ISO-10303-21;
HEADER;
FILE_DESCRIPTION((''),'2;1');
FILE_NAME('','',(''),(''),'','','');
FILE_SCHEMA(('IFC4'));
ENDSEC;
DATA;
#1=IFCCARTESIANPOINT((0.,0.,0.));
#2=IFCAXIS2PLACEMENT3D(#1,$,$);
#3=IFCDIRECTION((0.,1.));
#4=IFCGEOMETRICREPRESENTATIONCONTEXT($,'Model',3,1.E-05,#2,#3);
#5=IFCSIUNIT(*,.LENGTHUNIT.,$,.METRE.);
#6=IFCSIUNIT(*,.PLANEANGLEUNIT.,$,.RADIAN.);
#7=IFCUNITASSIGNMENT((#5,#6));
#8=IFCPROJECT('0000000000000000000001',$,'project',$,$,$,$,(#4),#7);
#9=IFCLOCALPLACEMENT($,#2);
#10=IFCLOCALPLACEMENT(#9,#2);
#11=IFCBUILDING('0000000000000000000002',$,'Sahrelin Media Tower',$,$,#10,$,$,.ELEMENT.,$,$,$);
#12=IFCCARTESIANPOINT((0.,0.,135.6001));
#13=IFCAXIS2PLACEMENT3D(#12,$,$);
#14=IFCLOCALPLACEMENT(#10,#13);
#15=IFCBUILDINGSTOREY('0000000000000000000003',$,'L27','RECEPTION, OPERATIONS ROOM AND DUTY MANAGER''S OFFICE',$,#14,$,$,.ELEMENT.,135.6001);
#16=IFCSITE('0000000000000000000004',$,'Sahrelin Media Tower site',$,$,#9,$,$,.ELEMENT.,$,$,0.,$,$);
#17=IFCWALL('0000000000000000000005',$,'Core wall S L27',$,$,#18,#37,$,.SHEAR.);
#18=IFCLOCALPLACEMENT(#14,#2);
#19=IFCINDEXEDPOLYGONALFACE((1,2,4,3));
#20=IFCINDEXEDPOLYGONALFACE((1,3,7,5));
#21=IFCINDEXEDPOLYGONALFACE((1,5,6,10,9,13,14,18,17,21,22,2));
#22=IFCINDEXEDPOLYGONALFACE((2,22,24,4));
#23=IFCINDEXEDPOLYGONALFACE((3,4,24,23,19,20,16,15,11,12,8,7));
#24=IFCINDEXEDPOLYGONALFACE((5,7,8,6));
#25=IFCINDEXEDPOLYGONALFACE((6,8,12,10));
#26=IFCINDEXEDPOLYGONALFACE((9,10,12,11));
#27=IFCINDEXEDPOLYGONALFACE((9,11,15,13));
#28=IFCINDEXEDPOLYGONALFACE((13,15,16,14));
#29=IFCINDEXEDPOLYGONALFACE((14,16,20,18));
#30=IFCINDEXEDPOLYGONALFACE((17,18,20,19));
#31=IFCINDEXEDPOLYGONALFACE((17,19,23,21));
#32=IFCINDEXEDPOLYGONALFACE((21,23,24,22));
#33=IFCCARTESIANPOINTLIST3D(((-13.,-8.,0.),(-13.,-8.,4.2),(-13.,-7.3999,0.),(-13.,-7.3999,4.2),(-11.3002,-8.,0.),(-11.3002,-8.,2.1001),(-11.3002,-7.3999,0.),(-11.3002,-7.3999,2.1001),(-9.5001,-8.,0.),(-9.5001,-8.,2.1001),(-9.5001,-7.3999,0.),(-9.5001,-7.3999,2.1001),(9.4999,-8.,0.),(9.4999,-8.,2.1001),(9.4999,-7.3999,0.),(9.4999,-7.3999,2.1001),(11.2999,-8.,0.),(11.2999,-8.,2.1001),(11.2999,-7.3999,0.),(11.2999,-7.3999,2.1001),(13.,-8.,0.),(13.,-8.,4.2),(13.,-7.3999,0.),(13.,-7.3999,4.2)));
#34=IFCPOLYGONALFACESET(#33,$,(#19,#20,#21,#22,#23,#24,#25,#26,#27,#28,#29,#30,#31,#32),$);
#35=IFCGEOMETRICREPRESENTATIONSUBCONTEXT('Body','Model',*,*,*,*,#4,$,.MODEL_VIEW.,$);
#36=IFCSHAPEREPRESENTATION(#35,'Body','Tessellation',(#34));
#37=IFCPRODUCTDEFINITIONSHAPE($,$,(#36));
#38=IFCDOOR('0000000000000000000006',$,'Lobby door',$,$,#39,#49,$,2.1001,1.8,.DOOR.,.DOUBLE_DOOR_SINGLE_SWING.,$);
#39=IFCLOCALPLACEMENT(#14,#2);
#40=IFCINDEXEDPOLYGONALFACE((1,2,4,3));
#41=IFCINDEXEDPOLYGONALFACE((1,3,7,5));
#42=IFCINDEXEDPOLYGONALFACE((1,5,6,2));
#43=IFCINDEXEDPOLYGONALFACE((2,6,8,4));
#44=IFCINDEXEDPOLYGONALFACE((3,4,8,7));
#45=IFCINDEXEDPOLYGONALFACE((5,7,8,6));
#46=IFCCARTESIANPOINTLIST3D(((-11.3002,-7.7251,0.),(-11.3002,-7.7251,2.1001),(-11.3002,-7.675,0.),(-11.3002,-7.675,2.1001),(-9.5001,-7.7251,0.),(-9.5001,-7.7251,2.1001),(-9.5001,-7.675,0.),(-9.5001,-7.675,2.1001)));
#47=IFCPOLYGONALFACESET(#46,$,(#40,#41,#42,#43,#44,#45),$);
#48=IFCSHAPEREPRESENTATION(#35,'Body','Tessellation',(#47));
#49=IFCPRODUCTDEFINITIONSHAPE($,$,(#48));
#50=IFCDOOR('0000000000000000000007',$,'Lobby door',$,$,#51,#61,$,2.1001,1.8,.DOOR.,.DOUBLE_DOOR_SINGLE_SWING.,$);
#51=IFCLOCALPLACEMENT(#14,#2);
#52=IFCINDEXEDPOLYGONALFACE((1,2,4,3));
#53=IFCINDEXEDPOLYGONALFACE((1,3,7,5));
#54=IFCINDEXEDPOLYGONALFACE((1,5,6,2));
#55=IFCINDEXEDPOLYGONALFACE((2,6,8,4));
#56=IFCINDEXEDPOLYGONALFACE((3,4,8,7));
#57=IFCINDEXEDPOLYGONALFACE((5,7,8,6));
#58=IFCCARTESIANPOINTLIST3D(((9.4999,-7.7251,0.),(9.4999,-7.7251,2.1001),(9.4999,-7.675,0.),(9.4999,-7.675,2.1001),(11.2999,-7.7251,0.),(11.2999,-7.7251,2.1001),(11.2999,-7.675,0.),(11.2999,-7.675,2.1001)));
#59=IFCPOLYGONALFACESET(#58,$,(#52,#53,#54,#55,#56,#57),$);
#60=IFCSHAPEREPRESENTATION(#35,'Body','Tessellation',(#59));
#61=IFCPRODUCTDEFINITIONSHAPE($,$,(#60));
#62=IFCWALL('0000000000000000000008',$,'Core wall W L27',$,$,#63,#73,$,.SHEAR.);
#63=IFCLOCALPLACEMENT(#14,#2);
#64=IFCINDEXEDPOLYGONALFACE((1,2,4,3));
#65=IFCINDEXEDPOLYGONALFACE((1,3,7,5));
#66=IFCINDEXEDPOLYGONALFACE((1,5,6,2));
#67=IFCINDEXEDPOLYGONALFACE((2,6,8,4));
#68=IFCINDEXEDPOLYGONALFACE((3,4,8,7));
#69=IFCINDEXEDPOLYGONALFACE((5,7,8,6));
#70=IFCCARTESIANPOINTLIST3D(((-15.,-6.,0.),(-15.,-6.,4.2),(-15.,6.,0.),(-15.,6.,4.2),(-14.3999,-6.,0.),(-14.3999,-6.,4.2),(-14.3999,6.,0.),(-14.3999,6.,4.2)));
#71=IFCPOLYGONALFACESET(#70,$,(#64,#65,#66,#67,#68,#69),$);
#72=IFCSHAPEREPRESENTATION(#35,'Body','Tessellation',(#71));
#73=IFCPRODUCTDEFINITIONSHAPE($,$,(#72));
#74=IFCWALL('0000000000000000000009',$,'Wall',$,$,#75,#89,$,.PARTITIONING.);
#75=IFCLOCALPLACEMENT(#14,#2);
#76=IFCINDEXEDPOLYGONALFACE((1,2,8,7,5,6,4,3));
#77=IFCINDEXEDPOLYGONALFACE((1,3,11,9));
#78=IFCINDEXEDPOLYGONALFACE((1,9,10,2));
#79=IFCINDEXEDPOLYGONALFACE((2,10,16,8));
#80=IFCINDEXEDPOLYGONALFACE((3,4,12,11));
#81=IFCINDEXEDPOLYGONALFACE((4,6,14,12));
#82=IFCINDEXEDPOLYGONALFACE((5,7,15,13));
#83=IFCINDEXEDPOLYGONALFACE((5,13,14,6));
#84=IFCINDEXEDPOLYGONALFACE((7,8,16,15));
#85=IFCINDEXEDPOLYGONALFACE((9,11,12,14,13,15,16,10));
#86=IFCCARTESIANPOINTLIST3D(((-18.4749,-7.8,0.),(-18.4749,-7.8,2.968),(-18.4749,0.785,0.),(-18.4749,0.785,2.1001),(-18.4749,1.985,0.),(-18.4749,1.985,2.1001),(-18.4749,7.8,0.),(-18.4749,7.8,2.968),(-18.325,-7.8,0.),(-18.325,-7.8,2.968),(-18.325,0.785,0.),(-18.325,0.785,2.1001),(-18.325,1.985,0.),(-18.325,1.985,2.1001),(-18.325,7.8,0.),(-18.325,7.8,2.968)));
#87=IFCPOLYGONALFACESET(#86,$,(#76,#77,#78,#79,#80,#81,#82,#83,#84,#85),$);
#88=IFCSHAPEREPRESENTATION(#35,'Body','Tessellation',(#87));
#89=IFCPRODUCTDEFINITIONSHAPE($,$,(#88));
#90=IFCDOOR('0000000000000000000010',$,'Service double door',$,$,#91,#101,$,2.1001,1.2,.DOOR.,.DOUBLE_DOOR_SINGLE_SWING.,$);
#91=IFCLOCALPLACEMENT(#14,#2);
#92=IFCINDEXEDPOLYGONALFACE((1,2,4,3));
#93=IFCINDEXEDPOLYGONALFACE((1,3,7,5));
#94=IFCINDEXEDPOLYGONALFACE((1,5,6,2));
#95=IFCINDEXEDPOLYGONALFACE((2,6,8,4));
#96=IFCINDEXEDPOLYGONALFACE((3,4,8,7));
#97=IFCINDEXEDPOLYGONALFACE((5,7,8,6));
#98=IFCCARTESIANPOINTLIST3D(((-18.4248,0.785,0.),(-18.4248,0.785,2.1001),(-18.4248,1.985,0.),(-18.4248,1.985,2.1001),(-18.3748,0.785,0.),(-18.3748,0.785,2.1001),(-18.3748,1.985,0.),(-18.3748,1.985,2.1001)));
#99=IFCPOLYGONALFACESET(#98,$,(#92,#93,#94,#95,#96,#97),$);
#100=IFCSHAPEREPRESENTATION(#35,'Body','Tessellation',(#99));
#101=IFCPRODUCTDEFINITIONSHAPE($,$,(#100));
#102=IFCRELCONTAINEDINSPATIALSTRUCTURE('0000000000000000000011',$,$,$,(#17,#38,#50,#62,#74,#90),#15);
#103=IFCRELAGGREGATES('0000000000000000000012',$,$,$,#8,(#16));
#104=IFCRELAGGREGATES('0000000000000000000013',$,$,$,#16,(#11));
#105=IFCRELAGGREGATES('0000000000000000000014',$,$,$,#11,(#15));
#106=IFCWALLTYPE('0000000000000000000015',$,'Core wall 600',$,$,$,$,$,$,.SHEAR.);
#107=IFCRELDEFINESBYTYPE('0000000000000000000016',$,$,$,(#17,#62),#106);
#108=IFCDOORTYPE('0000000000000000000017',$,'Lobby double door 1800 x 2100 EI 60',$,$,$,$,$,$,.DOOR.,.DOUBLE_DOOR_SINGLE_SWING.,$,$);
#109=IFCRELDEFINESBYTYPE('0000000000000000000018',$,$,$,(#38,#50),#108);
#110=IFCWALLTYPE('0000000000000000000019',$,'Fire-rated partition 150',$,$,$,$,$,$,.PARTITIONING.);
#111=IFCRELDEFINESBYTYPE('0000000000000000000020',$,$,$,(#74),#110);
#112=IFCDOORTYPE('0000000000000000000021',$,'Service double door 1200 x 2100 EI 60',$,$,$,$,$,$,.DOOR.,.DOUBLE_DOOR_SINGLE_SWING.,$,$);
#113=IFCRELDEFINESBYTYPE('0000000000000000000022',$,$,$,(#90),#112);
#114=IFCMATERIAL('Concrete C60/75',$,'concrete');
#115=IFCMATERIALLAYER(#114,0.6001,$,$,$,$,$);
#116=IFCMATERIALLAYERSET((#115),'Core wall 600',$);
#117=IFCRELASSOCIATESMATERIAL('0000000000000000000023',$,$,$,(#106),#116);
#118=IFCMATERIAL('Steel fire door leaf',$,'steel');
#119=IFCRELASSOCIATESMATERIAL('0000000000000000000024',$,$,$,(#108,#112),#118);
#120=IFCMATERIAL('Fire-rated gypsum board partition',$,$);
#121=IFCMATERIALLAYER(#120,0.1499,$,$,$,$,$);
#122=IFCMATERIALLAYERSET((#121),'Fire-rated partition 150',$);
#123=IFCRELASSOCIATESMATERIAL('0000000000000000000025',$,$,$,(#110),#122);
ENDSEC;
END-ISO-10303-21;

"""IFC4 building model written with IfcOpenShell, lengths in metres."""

from ifc_helpers import new_model, si_unit, direction, frame, frame_2d, origin, place, context, subcontext, project, spatial, rectangle, extrude, material, layer, layer_set, type_object, element, fill, save


model = new_model("IFC4")

# Units and contexts
model_context = context("Model", 3, precision=1e-05, world=origin(), true_north=direction((0.0, 1.0)))
body_context = subcontext(model_context, "Body", "Model", "MODEL_VIEW")
ifc_project = project(units=[si_unit("LENGTHUNIT", "METRE"), si_unit("PLANEANGLEUNIT", "RADIAN")], contexts=[model_context])

# Site, building, storey
site_placement = place(None, origin())
site = spatial("IfcSite", under=ifc_project, at=site_placement, Name="Sahrelin Media Tower site", CompositionType="ELEMENT", RefElevation=0.0)
building_placement = place(site_placement, origin())
building = spatial("IfcBuilding", under=site, at=building_placement, Name="Sahrelin Media Tower", CompositionType="ELEMENT")
storey_placement = place(building_placement, frame((0.0, 0.0, 135.6001)))
storey = spatial("IfcBuildingStorey", under=building, at=storey_placement, Name="L27", Description="RECEPTION, OPERATIONS ROOM AND DUTY MANAGER'S OFFICE", CompositionType="ELEMENT", Elevation=135.6001)

# Wall, openings, doors
ifc_material_1 = material(Name="Concrete C60/75", Category="concrete")
ifc_layer_1 = layer(ifc_material_1, 0.6001)
ifc_layer_set_1 = layer_set([ifc_layer_1], Name="Core wall 600")
wall_type_1 = type_object("IfcWallType", Name="Core wall 600", PredefinedType="SHEAR", material=ifc_layer_set_1)
wall_1_placement = place(storey_placement, frame((-13.0, -7.7, 0.0), z_axis=(0.0, 0.0, 1.0), x_axis=(1.0, 0.0, 0.0)))
wall_1 = element("IfcWall", 1, at=wall_1_placement, inside=storey, type_object=wall_type_1, Name="Core wall S L27", PredefinedType="SHEAR", context=body_context, shape_type="SweptSolid", body=[
    extrude(rectangle(XDim=26.0, YDim=0.6001, at=frame_2d((13.0, 0.0))), origin(), (0.0, 0.0, 1.0), 4.2),
])
opening_1_placement = place(wall_1_placement, frame((1.7, 0.0, 0.0)))
opening_1 = element("IfcOpeningElement", 2, at=opening_1_placement, cuts=wall_1, PredefinedType="OPENING", context=body_context, shape_type="SweptSolid", body=[
    extrude(rectangle(XDim=1.8, YDim=2.1001, at=frame_2d((0.8999, 1.05))), frame((0.0, 0.3, 0.0), z_axis=(0.0, -1.0, 0.0), x_axis=(1.0, 0.0, 0.0)), (0.0, 0.0, 1.0), 0.6001),
])
opening_2_placement = place(wall_1_placement, frame((22.5, 0.0, 0.0)))
opening_2 = element("IfcOpeningElement", 3, at=opening_2_placement, cuts=wall_1, PredefinedType="OPENING", context=body_context, shape_type="SweptSolid", body=[
    extrude(rectangle(XDim=1.8, YDim=2.1001, at=frame_2d((0.8999, 1.05))), frame((0.0, 0.3, 0.0), z_axis=(0.0, -1.0, 0.0), x_axis=(1.0, 0.0, 0.0)), (0.0, 0.0, 1.0), 0.6001),
])
ifc_material_2 = material(Name="Steel fire door leaf", Category="steel")
door_type_1 = type_object("IfcDoorType", Name="Lobby double door 1800 x 2100 EI 60", OperationType="DOUBLE_DOOR_SINGLE_SWING", PredefinedType="DOOR", material=ifc_material_2)
door_1_placement = place(opening_1_placement, origin())
door_1 = element("IfcDoor", 4, at=door_1_placement, inside=storey, type_object=door_type_1, Name="Lobby door", OperationType="DOUBLE_DOOR_SINGLE_SWING", OverallHeight=2.1001, OverallWidth=1.8, PredefinedType="DOOR", context=body_context, shape_type="SweptSolid", body=[
    extrude(rectangle(XDim=1.8, YDim=2.1001, at=frame_2d((0.8999, 1.05))), frame((0.0, 0.0249, 0.0), z_axis=(0.0, -1.0, 0.0), x_axis=(1.0, 0.0, 0.0)), (0.0, 0.0, 1.0), 0.05),
])
fill(opening_1, door_1)
door_2_placement = place(opening_2_placement, origin())
door_2 = element("IfcDoor", 5, at=door_2_placement, inside=storey, type_object=door_type_1, Name="Lobby door", OperationType="DOUBLE_DOOR_SINGLE_SWING", OverallHeight=2.1001, OverallWidth=1.8, PredefinedType="DOOR", context=body_context, shape_type="SweptSolid", body=[
    extrude(rectangle(XDim=1.8, YDim=2.1001, at=frame_2d((0.8999, 1.05))), frame((0.0, 0.0249, 0.0), z_axis=(0.0, -1.0, 0.0), x_axis=(1.0, 0.0, 0.0)), (0.0, 0.0, 1.0), 0.05),
])
fill(opening_2, door_2)

# Wall
wall_2_placement = place(storey_placement, frame((-14.7, -6.0, 0.0), z_axis=(0.0, 0.0, 1.0), x_axis=(0.0, 1.0, 0.0)))
element("IfcWall", 6, at=wall_2_placement, inside=storey, type_object=wall_type_1, Name="Core wall W L27", PredefinedType="SHEAR", context=body_context, shape_type="SweptSolid", body=[
    extrude(rectangle(XDim=12.0, YDim=0.6001, at=frame_2d((6.0, 0.0))), origin(), (0.0, 0.0, 1.0), 4.2),
])

# Wall, opening, door
ifc_material_3 = material(Name="Fire-rated gypsum board partition")
ifc_layer_2 = layer(ifc_material_3, 0.1499)
ifc_layer_set_2 = layer_set([ifc_layer_2], Name="Fire-rated partition 150")
wall_type_2 = type_object("IfcWallType", Name="Fire-rated partition 150", PredefinedType="PARTITIONING", material=ifc_layer_set_2)
wall_3_placement = place(storey_placement, frame((-18.3999, -7.8, 0.0), z_axis=(0.0, 0.0, 1.0), x_axis=(0.0, 1.0, 0.0)))
wall_3 = element("IfcWall", 7, at=wall_3_placement, inside=storey, type_object=wall_type_2, Name="Wall", PredefinedType="PARTITIONING", context=body_context, shape_type="SweptSolid", body=[
    extrude(rectangle(XDim=15.6001, YDim=0.1499, at=frame_2d((7.8, 0.0))), origin(), (0.0, 0.0, 1.0), 2.968),
])
opening_3_placement = place(wall_3_placement, frame((8.585, 0.0, 0.0)))
opening_3 = element("IfcOpeningElement", 8, at=opening_3_placement, cuts=wall_3, PredefinedType="OPENING", context=body_context, shape_type="SweptSolid", body=[
    extrude(rectangle(XDim=1.2, YDim=2.1001, at=frame_2d((0.6001, 1.05))), frame((0.0, 0.075, 0.0), z_axis=(0.0, -1.0, 0.0), x_axis=(1.0, 0.0, 0.0)), (0.0, 0.0, 1.0), 0.1499),
])
door_type_2 = type_object("IfcDoorType", Name="Service double door 1200 x 2100 EI 60", OperationType="DOUBLE_DOOR_SINGLE_SWING", PredefinedType="DOOR", material=ifc_material_2)
door_3_placement = place(opening_3_placement, origin())
door_3 = element("IfcDoor", 9, at=door_3_placement, inside=storey, type_object=door_type_2, Name="Service double door", OperationType="DOUBLE_DOOR_SINGLE_SWING", OverallHeight=2.1001, OverallWidth=1.2, PredefinedType="DOOR", context=body_context, shape_type="SweptSolid", body=[
    extrude(rectangle(XDim=1.2, YDim=2.1001, at=frame_2d((0.6001, 1.05))), frame((0.0, 0.0249, 0.0), z_axis=(0.0, -1.0, 0.0), x_axis=(1.0, 0.0, 0.0)), (0.0, 0.0, 1.0), 0.05),
])
fill(opening_3, door_3)

save(model, "model.ifc")
